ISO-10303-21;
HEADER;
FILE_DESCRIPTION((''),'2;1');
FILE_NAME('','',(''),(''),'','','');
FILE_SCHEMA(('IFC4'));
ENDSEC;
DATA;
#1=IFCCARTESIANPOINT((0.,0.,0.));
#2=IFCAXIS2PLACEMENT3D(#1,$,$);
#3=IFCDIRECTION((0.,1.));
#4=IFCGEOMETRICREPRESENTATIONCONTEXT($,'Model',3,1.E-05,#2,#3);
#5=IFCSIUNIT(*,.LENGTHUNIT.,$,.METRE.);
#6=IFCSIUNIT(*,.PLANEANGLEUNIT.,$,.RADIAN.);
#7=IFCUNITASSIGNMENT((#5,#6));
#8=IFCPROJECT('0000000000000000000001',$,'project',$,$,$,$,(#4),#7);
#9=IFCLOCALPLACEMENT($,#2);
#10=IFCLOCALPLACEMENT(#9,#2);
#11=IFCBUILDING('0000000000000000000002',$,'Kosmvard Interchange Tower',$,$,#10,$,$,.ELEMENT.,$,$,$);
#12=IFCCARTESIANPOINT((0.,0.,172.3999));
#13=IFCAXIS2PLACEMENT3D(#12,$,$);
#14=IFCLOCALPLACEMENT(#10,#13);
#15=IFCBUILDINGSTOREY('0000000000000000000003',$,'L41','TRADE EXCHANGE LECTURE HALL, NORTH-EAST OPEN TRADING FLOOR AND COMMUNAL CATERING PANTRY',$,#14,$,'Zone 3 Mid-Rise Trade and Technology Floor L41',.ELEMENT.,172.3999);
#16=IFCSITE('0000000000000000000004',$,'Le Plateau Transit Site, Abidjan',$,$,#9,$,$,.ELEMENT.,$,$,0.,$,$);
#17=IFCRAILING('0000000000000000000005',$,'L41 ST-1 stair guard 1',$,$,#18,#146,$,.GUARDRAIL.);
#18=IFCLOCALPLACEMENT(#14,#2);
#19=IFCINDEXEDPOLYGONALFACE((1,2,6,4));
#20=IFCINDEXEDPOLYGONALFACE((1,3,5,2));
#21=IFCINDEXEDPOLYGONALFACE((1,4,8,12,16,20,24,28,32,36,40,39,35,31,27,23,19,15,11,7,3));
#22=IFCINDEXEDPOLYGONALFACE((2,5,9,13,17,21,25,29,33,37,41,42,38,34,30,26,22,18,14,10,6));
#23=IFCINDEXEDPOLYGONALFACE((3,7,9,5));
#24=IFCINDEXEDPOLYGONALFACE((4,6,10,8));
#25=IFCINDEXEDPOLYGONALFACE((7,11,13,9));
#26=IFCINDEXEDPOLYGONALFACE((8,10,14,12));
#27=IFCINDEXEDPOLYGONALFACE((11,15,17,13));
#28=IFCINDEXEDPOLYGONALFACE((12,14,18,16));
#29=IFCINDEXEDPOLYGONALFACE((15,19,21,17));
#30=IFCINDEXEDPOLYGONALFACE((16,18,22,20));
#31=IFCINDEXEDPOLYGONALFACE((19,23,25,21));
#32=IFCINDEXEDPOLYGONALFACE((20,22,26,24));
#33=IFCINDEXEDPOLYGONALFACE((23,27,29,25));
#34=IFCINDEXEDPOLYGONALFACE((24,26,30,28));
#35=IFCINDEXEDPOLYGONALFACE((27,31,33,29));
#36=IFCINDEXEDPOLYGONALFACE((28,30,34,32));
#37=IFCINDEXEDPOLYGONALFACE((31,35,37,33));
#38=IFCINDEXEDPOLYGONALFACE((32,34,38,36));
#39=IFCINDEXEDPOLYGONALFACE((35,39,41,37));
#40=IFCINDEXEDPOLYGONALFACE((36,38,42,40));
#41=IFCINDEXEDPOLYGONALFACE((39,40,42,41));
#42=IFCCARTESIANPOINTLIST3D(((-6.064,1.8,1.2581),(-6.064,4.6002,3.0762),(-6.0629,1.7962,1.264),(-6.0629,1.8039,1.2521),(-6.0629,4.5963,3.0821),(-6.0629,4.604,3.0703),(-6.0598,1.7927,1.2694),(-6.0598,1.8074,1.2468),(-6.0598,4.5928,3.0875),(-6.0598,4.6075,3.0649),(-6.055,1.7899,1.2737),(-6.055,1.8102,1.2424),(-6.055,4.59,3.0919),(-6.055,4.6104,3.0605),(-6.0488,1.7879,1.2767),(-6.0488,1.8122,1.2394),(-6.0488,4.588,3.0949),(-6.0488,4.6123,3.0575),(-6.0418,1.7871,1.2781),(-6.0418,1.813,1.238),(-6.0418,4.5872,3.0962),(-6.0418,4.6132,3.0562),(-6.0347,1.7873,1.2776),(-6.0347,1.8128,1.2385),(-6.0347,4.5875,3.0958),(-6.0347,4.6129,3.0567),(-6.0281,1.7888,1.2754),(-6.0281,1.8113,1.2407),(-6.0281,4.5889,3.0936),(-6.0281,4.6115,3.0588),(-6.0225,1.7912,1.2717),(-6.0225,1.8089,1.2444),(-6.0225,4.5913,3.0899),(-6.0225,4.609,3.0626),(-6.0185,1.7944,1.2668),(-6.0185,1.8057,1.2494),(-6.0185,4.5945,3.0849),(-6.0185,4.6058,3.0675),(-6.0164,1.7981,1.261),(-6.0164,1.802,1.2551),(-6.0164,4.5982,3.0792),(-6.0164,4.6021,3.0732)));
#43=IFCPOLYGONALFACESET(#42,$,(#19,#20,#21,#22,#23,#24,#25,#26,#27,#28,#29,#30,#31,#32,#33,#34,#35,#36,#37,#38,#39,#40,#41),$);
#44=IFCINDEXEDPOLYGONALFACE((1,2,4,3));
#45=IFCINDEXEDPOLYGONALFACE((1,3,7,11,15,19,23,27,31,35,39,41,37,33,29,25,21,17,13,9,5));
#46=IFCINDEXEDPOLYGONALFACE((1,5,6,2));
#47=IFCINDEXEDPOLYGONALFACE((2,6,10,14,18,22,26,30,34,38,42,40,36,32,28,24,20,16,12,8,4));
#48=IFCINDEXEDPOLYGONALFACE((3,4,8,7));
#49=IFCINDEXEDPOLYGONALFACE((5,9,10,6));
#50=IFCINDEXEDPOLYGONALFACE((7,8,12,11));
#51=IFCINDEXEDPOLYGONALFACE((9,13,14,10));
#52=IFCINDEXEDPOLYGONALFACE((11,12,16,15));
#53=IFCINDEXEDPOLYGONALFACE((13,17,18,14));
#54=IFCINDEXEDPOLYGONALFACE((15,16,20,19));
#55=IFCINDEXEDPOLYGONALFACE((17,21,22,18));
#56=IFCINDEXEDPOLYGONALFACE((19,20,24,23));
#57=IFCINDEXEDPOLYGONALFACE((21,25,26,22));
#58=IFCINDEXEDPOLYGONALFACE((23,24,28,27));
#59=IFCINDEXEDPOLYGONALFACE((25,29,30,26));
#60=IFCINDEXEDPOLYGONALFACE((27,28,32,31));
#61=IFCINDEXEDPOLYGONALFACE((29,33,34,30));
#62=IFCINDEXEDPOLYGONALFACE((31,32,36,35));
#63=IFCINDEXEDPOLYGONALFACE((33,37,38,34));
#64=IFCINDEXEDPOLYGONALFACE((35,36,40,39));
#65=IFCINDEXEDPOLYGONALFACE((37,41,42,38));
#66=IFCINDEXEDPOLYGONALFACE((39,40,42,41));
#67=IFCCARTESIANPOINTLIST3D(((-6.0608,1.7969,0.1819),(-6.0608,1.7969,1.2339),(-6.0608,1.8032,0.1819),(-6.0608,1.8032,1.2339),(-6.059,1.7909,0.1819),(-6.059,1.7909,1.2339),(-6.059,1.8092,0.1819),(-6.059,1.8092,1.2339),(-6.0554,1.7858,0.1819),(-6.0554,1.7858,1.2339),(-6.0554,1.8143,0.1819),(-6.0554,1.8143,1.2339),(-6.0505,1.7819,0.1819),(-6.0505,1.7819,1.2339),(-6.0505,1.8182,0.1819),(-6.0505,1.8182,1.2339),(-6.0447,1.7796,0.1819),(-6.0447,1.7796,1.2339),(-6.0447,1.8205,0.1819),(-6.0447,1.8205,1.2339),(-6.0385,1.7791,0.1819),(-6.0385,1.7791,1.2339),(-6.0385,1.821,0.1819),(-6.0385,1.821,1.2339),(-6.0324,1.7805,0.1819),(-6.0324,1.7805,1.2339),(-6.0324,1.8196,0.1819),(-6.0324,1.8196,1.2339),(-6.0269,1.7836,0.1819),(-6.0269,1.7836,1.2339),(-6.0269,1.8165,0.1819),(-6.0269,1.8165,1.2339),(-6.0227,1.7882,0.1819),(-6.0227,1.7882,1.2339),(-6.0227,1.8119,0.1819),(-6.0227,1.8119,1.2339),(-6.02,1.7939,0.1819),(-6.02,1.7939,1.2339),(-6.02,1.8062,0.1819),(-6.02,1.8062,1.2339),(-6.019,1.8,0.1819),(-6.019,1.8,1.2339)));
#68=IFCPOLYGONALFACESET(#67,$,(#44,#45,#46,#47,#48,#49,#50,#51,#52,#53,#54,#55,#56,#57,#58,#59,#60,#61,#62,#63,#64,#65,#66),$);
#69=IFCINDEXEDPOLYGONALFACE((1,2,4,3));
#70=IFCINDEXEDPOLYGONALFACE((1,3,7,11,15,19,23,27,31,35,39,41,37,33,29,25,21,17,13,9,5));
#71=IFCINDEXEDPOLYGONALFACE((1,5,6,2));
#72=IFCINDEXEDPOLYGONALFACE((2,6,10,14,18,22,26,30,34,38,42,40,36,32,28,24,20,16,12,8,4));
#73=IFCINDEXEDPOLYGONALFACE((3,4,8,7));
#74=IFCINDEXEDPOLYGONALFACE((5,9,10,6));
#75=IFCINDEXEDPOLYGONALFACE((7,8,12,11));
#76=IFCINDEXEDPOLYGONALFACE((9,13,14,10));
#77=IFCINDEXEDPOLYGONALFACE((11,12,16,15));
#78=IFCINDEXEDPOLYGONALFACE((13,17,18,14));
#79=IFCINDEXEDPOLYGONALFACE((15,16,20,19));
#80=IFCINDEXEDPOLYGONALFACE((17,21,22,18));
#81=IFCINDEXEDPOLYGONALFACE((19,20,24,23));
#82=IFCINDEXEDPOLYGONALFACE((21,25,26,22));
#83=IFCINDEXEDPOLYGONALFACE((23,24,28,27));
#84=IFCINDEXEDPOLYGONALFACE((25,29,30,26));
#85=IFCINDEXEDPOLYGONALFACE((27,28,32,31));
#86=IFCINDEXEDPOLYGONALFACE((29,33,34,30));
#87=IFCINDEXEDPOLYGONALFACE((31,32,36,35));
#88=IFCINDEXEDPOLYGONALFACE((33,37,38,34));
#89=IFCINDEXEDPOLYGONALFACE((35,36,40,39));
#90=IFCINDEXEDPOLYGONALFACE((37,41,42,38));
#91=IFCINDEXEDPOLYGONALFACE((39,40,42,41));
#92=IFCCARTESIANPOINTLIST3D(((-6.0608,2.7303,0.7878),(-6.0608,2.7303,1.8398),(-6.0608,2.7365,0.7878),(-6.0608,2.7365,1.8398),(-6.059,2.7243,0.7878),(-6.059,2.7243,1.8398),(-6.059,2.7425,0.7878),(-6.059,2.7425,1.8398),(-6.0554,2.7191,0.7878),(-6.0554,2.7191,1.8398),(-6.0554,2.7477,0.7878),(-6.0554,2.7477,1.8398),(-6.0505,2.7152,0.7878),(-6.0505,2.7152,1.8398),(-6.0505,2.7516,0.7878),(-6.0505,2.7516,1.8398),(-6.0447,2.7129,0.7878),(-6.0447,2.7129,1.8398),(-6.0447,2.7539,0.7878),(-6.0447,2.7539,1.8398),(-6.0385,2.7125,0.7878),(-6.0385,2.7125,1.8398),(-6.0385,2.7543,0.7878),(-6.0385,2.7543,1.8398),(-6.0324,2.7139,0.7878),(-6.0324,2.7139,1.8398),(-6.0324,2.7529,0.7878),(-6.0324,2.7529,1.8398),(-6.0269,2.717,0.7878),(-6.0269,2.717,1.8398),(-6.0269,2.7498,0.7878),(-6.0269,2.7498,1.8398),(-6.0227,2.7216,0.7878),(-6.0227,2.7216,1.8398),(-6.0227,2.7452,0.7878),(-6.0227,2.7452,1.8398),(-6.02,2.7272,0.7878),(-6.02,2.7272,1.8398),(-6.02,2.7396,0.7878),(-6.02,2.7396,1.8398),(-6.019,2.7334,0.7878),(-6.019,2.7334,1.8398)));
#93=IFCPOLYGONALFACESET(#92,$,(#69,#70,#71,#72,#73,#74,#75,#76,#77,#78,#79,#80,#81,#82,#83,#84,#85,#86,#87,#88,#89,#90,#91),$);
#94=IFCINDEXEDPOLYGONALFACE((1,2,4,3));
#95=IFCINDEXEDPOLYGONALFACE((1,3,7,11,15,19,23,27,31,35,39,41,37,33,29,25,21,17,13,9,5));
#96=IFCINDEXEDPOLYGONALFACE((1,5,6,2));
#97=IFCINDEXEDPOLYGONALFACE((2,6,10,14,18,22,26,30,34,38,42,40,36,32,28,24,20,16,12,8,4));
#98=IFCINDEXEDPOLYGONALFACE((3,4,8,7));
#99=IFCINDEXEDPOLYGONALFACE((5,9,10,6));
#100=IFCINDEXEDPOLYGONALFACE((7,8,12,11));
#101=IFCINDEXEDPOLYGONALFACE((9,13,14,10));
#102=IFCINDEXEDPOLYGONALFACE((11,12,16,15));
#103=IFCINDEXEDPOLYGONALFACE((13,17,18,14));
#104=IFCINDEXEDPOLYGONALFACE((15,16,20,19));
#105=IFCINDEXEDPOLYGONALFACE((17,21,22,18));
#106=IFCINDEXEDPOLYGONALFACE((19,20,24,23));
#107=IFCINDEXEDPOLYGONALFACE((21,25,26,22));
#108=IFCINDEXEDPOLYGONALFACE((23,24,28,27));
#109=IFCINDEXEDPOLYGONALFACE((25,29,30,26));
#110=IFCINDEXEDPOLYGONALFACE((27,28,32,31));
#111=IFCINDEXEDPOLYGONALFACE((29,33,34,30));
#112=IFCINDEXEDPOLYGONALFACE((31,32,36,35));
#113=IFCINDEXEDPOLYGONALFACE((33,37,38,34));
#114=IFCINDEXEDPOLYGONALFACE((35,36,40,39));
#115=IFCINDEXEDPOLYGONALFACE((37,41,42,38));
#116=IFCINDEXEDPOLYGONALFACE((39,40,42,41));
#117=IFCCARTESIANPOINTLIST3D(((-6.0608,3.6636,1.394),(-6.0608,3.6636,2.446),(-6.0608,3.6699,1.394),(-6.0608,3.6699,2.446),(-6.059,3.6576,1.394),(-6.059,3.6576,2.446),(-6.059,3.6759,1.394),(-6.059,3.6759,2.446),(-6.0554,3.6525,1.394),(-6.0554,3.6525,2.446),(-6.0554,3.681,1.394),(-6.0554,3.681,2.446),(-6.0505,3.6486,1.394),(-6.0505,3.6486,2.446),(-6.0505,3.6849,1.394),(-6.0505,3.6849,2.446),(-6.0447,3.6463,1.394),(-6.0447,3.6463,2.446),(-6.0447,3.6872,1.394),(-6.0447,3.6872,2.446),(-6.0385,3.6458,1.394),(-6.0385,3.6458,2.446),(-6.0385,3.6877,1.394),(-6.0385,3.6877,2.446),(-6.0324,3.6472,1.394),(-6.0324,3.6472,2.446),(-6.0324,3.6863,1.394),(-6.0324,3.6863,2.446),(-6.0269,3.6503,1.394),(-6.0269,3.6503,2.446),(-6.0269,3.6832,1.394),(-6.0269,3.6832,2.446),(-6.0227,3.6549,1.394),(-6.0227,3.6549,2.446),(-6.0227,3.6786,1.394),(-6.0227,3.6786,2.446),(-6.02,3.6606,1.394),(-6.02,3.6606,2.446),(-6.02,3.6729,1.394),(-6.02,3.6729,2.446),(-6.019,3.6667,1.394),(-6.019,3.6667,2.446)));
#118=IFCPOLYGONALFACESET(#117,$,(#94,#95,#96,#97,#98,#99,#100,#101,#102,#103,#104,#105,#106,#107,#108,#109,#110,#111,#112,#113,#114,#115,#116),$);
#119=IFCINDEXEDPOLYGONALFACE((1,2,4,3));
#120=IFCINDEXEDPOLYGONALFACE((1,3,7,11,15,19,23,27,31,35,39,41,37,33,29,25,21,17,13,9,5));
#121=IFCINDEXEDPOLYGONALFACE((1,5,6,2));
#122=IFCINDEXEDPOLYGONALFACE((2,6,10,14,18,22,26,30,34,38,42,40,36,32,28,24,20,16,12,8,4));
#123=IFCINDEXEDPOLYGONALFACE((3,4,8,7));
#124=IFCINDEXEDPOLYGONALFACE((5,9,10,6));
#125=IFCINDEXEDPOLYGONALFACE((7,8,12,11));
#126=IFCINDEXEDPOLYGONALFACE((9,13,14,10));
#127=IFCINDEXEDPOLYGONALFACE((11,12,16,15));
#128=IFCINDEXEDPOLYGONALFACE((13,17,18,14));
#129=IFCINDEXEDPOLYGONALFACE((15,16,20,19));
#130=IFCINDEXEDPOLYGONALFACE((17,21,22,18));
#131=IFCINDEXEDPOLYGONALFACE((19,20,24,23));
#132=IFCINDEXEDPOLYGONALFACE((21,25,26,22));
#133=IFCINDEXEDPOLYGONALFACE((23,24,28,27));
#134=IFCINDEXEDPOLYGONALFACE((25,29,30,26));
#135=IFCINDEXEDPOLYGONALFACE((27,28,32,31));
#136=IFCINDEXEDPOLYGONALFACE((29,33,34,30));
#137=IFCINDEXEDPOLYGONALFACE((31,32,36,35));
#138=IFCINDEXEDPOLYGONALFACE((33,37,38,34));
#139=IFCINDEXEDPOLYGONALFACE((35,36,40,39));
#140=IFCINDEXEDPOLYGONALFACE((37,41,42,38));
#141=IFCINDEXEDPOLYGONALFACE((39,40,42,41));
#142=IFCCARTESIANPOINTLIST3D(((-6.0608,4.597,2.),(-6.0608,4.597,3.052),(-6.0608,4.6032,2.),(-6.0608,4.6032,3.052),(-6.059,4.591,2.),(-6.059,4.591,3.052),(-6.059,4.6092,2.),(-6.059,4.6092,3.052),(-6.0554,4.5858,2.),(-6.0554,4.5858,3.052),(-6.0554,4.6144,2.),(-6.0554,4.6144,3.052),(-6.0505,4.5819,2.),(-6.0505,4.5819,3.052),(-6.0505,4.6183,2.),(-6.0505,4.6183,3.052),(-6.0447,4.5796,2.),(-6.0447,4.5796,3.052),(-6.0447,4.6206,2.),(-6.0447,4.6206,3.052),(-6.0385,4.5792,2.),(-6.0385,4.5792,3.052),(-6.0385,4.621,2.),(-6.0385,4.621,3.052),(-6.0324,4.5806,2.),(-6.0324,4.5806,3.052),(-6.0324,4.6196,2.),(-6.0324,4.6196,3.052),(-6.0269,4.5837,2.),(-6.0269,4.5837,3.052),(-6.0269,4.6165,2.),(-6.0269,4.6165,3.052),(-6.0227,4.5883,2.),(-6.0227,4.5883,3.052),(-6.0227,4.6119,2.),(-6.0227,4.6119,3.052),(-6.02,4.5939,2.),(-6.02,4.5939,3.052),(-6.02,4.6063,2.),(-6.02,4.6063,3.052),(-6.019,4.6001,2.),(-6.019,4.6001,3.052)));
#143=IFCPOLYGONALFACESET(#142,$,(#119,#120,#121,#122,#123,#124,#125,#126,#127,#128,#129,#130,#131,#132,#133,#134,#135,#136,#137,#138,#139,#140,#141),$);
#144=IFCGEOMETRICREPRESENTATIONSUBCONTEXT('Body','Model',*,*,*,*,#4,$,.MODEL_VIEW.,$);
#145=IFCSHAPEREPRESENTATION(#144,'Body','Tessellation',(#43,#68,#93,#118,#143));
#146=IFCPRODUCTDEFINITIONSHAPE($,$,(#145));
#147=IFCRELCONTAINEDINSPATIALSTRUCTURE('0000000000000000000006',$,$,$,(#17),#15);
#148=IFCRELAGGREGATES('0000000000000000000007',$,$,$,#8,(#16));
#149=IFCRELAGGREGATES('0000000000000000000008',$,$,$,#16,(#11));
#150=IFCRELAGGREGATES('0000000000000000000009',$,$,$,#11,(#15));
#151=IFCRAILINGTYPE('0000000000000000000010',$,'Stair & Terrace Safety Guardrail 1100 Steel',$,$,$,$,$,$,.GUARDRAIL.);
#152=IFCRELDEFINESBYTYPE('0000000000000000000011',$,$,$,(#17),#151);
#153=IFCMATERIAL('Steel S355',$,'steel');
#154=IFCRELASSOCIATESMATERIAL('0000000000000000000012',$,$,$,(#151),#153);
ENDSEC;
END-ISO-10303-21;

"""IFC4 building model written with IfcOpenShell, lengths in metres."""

from ifc_helpers import new_model, si_unit, direction, frame, origin, origin_2d, place, context, subcontext, project, spatial, circle, extrude, source, transform, mapped, material, type_object, element, save


model = new_model("IFC4")

# Units and contexts
model_context = context("Model", 3, precision=1e-05, world=origin(), true_north=direction((0.0, 1.0)))
body_context = subcontext(model_context, "Body", "Model", "MODEL_VIEW")
ifc_project = project(units=[si_unit("LENGTHUNIT", "METRE"), si_unit("PLANEANGLEUNIT", "RADIAN")], contexts=[model_context])

# Site, building, storey
site_placement = place(None, origin())
site = spatial("IfcSite", under=ifc_project, at=site_placement, Name="Le Plateau Transit Site, Abidjan", CompositionType="ELEMENT", RefElevation=0.0)
building_placement = place(site_placement, origin())
building = spatial("IfcBuilding", under=site, at=building_placement, Name="Kosmvard Interchange Tower", CompositionType="ELEMENT")
storey_placement = place(building_placement, frame((0.0, 0.0, 172.3999)))
storey = spatial("IfcBuildingStorey", under=building, at=storey_placement, Name="L41", Description="TRADE EXCHANGE LECTURE HALL, NORTH-EAST OPEN TRADING FLOOR AND COMMUNAL CATERING PANTRY", LongName="Zone 3 Mid-Rise Trade and Technology Floor L41", CompositionType="ELEMENT", Elevation=172.3999)

# Shared definitions
ifc_material_1 = material(Name="Steel S355", Category="steel")

# Railing
railing_type_1 = type_object("IfcRailingType", Name="Stair & Terrace Safety Guardrail 1100 Steel", PredefinedType="GUARDRAIL", material=ifc_material_1)
shared_shape_1 = source(origin(), body_context, "Body", "SweptSolid", [
    extrude(circle(Radius=0.0239, at=origin_2d()), frame((0.0, 0.0, 1.0762), z_axis=(0.0, 0.838706, 0.544585), x_axis=(-1.0, 0.0, 0.0)), (0.0, 0.0, 1.0), 3.3386),
    extrude(circle(Radius=0.021, at=origin_2d()), origin(), (0.0, 0.0, 1.0), 1.052),
    extrude(circle(Radius=0.021, at=origin_2d()), frame((0.0, 0.9333, 0.606)), (0.0, 0.0, 1.0), 1.052),
    extrude(circle(Radius=0.021, at=origin_2d()), frame((0.0, 1.8667, 1.2122)), (0.0, 0.0, 1.0), 1.052),
    extrude(circle(Radius=0.021, at=origin_2d()), frame((0.0, 2.8, 1.8181)), (0.0, 0.0, 1.0), 1.052),
])
railing_1_placement = place(storey_placement, frame((-6.04, 1.8, 0.1819)))
element("IfcRailing", 1, at=railing_1_placement, inside=storey, type_object=railing_type_1, Name="L41 ST-1 stair guard 1", PredefinedType="GUARDRAIL", context=body_context, shape_type="MappedRepresentation", body=[
    mapped(shared_shape_1, transform((0.0, 0.0, 0.0), scale=1.0)),
])

save(model, "model.ifc")
